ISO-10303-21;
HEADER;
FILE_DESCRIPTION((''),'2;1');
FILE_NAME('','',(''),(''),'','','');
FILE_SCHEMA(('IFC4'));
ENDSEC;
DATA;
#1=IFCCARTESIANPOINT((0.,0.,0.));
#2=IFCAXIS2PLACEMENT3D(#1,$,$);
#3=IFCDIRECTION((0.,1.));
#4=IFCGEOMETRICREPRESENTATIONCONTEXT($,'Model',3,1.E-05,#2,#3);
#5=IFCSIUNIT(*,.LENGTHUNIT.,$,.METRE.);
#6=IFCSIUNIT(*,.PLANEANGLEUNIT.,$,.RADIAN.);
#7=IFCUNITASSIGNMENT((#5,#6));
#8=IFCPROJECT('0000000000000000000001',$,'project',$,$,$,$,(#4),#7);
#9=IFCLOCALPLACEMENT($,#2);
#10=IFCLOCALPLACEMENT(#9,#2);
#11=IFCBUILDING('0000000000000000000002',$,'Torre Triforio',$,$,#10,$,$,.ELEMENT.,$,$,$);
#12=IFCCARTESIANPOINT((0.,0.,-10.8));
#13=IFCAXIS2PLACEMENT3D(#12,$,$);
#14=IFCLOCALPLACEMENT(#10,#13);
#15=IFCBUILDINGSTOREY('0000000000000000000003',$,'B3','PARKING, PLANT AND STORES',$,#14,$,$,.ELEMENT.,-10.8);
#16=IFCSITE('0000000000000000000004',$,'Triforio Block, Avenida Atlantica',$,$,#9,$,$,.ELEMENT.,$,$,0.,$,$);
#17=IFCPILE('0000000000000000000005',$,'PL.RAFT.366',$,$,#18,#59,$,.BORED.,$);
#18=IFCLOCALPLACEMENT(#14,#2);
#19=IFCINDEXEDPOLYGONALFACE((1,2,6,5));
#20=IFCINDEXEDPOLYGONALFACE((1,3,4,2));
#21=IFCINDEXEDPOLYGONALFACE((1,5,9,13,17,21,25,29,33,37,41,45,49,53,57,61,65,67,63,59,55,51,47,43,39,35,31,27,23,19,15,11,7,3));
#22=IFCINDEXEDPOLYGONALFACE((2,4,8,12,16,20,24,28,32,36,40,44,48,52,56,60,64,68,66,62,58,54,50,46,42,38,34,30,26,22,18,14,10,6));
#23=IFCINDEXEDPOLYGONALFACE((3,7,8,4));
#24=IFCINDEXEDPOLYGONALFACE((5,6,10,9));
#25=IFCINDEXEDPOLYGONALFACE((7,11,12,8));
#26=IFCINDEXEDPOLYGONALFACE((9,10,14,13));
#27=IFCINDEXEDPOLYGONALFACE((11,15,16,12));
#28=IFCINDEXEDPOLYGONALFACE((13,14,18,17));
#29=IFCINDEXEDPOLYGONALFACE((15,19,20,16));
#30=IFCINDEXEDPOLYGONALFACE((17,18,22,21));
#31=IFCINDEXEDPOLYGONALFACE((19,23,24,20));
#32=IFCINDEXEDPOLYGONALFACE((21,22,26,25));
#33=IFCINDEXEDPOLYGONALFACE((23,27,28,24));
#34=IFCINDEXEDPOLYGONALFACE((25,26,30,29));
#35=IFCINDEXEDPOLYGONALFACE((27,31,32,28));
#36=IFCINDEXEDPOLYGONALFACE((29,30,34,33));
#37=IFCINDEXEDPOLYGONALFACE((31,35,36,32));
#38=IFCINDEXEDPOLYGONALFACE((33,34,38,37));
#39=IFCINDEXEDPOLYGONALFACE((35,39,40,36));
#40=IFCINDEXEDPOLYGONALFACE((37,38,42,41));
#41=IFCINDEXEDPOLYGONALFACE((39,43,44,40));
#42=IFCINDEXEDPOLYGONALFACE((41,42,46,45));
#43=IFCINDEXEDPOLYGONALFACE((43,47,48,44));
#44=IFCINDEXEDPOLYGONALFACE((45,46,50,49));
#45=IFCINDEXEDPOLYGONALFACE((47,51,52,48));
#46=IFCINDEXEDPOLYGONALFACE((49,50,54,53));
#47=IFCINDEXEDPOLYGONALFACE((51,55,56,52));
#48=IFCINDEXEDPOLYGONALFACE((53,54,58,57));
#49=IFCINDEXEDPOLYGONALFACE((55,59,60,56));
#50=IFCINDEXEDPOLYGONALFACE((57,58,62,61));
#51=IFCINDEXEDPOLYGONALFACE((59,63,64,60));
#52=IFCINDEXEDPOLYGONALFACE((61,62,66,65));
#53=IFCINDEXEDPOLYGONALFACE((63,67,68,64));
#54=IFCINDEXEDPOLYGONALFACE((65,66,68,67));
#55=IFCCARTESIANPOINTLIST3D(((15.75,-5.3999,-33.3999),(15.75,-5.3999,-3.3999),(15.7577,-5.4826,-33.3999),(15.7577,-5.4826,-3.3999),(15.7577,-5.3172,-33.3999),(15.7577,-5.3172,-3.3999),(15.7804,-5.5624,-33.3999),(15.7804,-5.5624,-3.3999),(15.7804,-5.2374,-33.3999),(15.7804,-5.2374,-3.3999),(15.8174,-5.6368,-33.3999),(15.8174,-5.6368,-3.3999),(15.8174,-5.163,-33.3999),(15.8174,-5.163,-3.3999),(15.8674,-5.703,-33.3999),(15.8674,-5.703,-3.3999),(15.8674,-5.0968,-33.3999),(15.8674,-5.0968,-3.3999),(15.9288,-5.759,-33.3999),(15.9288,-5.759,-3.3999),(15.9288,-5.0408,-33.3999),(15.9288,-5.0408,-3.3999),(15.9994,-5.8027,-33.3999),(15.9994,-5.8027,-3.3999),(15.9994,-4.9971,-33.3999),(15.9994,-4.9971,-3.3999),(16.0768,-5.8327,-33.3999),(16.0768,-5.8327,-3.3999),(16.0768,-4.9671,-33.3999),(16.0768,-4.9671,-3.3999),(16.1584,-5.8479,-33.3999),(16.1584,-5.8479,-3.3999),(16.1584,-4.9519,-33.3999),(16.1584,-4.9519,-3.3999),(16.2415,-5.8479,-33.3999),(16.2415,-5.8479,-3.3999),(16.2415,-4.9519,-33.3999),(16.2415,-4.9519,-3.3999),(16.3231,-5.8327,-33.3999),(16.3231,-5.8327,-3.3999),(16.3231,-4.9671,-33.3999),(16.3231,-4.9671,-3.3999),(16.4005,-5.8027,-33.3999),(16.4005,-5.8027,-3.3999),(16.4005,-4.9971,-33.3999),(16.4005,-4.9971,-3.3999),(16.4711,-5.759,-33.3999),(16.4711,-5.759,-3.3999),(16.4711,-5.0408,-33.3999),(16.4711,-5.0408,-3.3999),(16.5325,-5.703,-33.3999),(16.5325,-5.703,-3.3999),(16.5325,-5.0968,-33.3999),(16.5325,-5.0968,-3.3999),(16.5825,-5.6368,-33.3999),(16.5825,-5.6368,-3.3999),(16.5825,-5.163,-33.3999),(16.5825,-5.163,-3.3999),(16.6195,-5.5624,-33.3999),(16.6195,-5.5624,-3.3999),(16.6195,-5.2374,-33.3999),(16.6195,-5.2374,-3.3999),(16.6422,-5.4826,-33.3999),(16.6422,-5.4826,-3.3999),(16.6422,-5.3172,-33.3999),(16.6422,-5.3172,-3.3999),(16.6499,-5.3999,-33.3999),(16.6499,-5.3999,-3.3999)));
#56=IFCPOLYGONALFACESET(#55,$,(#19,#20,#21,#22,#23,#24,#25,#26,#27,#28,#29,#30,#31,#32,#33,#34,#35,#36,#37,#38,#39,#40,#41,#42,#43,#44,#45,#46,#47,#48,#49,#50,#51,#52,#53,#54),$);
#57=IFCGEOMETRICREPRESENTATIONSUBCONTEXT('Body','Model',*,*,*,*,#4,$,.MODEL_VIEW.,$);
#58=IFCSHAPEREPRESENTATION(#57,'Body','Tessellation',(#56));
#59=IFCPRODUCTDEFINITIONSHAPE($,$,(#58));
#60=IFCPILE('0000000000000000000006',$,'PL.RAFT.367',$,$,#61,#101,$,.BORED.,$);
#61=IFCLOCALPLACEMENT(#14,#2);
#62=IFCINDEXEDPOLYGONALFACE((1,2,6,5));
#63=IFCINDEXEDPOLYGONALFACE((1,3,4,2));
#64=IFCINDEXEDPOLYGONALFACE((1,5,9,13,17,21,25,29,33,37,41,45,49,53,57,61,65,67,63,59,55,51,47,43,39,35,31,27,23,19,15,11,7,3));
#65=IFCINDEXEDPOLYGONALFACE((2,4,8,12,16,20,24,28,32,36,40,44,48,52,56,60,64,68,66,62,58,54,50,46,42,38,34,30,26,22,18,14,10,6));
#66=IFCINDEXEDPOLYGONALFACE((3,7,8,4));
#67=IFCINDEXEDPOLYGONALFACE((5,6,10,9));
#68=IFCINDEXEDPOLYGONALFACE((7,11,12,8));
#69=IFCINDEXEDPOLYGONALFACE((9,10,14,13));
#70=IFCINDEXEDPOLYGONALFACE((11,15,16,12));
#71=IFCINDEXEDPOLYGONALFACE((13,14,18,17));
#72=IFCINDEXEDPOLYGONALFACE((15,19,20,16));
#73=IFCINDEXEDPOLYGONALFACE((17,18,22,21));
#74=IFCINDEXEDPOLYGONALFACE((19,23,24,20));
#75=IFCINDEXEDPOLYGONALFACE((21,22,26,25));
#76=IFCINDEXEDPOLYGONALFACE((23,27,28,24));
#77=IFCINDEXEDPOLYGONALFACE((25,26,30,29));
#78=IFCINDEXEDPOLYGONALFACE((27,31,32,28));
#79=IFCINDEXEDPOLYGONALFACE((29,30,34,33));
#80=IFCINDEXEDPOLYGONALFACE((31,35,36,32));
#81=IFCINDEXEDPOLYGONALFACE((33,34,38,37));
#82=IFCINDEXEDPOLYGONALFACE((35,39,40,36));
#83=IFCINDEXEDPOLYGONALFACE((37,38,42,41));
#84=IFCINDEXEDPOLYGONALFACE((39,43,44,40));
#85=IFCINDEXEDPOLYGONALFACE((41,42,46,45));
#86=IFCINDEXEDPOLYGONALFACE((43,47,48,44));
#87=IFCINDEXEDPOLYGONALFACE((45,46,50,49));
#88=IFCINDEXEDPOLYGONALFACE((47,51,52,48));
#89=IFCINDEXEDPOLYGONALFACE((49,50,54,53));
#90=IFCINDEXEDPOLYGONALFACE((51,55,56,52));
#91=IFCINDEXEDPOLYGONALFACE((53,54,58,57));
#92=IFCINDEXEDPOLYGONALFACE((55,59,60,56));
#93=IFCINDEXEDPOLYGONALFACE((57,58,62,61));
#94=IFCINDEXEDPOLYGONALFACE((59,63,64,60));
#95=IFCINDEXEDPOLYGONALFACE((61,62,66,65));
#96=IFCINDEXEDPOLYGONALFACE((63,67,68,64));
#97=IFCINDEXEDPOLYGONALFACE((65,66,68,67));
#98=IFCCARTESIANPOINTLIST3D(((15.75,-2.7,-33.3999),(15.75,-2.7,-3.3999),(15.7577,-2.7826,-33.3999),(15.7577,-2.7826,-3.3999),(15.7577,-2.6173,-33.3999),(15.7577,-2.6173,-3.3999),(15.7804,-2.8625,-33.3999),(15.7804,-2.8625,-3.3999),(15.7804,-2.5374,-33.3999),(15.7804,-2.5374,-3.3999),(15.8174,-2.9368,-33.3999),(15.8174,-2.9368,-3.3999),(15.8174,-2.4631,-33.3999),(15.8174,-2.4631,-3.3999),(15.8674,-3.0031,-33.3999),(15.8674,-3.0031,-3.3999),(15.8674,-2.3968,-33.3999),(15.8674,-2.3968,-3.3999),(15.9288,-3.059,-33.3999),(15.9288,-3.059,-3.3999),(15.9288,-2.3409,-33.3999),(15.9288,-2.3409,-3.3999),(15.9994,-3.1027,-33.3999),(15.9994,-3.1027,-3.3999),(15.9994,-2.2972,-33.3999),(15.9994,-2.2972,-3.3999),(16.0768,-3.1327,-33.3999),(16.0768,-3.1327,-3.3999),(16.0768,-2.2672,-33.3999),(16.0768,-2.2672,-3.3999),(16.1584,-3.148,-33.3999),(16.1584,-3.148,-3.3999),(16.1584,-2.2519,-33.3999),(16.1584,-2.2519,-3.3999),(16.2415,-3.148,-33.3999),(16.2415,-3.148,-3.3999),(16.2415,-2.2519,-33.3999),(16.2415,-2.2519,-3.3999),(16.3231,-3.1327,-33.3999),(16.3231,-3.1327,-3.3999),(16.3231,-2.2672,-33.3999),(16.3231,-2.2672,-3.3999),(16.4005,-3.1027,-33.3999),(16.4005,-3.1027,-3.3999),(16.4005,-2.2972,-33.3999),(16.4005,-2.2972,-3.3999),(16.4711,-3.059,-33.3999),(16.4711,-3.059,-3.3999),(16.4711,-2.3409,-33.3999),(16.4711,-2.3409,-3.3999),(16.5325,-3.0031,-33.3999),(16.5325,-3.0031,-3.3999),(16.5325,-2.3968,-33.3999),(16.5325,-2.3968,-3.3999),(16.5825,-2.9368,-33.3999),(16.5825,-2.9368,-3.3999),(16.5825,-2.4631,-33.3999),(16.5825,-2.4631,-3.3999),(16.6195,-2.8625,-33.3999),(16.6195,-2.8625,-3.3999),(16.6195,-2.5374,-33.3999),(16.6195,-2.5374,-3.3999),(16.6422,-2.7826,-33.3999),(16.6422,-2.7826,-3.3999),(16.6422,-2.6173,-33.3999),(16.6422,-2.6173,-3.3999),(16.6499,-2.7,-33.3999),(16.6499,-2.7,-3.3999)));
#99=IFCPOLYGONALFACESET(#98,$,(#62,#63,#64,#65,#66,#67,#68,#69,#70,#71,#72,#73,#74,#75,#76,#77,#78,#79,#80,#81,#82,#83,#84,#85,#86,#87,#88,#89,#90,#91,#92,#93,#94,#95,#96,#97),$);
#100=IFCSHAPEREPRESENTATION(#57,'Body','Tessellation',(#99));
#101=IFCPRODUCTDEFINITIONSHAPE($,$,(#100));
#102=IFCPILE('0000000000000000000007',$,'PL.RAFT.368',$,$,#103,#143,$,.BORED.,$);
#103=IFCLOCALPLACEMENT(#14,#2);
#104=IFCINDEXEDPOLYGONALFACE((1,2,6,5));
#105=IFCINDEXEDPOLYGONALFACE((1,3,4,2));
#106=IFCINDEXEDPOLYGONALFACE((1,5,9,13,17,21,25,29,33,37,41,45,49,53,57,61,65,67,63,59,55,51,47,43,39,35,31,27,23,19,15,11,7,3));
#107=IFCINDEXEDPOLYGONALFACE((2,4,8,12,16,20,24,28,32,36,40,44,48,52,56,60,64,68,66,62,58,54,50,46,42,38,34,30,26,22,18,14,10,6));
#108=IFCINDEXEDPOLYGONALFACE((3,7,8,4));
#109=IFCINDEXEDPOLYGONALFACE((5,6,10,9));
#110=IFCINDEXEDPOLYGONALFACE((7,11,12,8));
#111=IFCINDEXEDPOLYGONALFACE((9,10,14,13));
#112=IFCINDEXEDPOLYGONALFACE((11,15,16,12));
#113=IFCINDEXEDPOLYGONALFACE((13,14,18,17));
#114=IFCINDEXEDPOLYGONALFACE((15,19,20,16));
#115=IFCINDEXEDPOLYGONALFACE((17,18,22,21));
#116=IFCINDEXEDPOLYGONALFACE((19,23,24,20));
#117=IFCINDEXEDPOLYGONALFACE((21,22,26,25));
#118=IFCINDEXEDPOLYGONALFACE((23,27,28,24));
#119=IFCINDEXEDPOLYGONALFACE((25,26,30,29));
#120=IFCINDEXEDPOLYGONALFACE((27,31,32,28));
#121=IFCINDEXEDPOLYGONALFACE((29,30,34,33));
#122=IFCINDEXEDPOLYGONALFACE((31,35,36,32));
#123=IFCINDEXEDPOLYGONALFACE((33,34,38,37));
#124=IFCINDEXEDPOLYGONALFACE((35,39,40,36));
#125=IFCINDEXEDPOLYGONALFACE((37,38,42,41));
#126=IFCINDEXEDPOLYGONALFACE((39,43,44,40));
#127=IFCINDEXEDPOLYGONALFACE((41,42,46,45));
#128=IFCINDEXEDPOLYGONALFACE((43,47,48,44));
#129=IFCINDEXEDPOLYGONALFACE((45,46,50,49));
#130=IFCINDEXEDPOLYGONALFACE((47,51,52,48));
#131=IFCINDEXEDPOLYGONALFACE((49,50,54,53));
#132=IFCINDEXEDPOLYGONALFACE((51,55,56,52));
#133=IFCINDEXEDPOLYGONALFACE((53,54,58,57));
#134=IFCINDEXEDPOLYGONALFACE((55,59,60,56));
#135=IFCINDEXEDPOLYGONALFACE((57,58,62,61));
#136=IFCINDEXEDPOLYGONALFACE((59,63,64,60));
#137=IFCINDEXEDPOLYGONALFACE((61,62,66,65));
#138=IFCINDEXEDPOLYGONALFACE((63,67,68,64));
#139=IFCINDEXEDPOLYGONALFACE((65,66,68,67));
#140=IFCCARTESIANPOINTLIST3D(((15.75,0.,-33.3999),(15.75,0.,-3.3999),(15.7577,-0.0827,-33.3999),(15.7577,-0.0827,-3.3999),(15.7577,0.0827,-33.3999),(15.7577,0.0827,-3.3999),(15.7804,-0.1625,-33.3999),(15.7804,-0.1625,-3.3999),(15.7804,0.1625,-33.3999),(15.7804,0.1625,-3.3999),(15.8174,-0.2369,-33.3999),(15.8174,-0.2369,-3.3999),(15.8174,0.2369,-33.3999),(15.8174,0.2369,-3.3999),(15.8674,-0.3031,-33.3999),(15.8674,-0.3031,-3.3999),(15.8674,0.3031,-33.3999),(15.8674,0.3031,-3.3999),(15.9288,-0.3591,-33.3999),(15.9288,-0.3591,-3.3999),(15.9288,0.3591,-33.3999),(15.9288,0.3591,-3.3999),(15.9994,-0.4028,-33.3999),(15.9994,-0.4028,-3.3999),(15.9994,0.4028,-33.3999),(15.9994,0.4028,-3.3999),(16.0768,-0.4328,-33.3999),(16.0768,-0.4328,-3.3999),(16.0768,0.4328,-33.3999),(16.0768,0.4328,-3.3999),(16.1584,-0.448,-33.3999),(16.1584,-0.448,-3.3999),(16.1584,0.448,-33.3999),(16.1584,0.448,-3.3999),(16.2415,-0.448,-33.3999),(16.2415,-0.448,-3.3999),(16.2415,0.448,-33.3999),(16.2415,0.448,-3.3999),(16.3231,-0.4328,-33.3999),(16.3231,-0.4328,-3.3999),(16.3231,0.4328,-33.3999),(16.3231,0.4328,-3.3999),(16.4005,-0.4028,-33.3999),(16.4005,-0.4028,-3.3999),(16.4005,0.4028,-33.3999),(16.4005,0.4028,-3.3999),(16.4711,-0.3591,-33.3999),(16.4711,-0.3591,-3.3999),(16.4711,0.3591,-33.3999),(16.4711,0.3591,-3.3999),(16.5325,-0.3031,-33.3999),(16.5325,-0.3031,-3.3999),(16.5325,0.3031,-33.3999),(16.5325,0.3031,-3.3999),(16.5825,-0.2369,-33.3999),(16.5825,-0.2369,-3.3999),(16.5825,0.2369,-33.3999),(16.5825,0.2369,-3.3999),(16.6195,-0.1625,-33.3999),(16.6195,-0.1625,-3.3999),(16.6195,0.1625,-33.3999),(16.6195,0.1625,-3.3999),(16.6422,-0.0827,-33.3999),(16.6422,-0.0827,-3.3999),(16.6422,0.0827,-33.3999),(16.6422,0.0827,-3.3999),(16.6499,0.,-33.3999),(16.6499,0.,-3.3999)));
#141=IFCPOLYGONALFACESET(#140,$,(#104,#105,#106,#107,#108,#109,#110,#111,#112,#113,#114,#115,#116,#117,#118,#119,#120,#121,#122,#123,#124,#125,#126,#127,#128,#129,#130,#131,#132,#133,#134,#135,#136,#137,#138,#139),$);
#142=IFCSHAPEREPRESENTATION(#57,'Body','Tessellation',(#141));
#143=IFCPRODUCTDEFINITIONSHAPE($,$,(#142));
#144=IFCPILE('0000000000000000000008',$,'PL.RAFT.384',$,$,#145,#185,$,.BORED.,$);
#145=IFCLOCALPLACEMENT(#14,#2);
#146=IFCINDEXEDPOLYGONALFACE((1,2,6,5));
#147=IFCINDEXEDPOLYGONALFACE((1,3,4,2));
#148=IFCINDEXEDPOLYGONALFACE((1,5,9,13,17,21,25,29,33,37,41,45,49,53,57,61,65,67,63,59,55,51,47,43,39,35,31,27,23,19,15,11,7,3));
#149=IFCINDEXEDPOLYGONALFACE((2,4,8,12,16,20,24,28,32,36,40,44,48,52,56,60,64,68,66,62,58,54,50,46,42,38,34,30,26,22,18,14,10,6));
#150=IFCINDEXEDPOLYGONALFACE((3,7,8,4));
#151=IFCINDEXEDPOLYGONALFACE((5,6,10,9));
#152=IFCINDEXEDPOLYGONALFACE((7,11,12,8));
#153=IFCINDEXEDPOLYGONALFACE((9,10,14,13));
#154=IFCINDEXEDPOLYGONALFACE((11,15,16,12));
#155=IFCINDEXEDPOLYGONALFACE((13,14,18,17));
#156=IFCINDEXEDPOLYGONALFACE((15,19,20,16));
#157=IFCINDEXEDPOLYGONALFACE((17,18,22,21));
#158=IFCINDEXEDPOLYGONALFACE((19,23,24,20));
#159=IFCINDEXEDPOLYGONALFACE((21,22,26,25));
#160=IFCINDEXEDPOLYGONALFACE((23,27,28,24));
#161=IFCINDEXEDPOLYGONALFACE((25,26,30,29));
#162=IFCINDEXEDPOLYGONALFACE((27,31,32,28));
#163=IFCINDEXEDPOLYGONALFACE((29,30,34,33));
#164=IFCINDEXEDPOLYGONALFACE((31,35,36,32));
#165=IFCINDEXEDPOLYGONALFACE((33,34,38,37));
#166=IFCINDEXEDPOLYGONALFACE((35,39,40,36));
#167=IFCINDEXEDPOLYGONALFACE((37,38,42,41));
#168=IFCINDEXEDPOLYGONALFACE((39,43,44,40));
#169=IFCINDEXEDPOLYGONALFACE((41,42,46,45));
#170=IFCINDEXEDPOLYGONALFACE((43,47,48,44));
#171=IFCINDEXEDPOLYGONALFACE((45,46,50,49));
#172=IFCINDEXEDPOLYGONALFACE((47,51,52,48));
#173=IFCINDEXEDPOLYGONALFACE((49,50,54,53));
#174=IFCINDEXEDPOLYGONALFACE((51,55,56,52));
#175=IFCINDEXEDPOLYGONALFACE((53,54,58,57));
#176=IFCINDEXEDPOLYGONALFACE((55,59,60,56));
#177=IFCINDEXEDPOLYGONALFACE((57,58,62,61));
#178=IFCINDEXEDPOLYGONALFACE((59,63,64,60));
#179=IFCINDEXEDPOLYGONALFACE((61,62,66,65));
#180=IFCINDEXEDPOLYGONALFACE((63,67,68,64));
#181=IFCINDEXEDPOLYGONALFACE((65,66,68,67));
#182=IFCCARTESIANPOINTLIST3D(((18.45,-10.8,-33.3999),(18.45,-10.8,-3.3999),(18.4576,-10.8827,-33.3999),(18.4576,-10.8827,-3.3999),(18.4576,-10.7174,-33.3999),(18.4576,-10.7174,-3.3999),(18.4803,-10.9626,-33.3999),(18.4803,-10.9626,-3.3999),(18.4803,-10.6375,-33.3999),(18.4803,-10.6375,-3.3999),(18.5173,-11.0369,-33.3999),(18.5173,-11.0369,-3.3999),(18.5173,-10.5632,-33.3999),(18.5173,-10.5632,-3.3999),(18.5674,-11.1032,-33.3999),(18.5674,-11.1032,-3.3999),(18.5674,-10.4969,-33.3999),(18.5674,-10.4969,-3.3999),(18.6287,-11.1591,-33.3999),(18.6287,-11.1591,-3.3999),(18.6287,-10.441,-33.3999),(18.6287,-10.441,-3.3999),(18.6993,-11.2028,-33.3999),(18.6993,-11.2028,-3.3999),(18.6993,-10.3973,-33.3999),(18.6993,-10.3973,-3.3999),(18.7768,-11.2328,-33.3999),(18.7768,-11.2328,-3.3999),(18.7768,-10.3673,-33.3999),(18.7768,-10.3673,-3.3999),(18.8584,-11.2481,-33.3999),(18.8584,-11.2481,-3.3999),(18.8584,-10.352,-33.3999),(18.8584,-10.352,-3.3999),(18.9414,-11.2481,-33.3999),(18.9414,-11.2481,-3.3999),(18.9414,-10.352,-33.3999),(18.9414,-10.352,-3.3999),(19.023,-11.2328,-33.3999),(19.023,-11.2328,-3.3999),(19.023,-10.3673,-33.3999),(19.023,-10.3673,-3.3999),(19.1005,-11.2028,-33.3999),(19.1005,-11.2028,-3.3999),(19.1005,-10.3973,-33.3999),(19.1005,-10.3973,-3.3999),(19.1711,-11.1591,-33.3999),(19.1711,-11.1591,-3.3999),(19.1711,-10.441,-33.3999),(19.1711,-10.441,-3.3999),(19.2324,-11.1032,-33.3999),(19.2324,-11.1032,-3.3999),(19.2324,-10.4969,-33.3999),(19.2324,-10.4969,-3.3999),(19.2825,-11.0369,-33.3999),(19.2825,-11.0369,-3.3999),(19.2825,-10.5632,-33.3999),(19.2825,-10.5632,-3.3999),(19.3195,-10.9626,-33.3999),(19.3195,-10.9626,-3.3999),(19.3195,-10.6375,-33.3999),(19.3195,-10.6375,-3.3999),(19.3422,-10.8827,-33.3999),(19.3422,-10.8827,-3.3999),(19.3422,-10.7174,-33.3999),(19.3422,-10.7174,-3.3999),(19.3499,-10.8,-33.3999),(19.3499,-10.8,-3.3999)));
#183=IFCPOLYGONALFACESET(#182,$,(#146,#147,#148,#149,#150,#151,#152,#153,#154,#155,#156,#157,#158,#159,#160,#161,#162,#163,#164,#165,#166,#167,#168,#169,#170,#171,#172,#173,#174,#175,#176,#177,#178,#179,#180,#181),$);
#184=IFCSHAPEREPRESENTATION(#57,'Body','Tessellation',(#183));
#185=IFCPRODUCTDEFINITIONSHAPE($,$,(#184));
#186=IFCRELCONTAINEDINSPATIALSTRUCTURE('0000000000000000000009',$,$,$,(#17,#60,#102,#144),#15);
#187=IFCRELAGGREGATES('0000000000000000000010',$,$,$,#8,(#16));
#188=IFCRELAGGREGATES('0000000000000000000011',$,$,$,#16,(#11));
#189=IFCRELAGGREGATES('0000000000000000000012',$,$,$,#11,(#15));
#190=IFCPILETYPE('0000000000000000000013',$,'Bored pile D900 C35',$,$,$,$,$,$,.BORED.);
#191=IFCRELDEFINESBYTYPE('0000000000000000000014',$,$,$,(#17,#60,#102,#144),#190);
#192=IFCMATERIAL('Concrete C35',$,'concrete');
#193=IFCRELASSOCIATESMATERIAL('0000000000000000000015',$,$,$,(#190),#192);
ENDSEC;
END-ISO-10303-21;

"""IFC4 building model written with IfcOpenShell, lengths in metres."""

from ifc_helpers import new_model, si_unit, direction, frame, origin, origin_2d, place, context, subcontext, project, spatial, circle, extrude, material, material_profile, profile_set, type_object, element, save


model = new_model("IFC4")

# Units and contexts
model_context = context("Model", 3, precision=1e-05, world=origin(), true_north=direction((0.0, 1.0)))
body_context = subcontext(model_context, "Body", "Model", "MODEL_VIEW")
ifc_project = project(units=[si_unit("LENGTHUNIT", "METRE"), si_unit("PLANEANGLEUNIT", "RADIAN")], contexts=[model_context])

# Site, building, storey
site_placement = place(None, origin())
site = spatial("IfcSite", under=ifc_project, at=site_placement, Name="Triforio Block, Avenida Atlantica", CompositionType="ELEMENT", RefElevation=0.0)
building_placement = place(site_placement, origin())
building = spatial("IfcBuilding", under=site, at=building_placement, Name="Torre Triforio", CompositionType="ELEMENT")
storey_placement = place(building_placement, frame((0.0, 0.0, -10.8)))
storey = spatial("IfcBuildingStorey", under=building, at=storey_placement, Name="B3", Description="PARKING, PLANT AND STORES", CompositionType="ELEMENT", Elevation=-10.8)

# Piles
ifc_material_1 = material(Name="Concrete C35", Category="concrete")
ifc_material_profile_1 = material_profile(ifc_material_1, circle(Radius=0.45, at=origin_2d()), Name="RC D900")
ifc_profile_set_1 = profile_set([ifc_material_profile_1], Name="Concrete C35")
pile_type = type_object("IfcPileType", Name="Bored pile D900 C35", PredefinedType="BORED", material=ifc_profile_set_1)
for number, where, z_axis, x_axis, name in (
    (1, (16.2, -5.3999, -3.3999), (0.0, 0.0, -1.0), (1.0, 0.0, 0.0), "PL.RAFT.366"),
    (2, (16.2, -2.7, -3.3999), (0.0, 0.0, -1.0), (1.0, 0.0, 0.0), "PL.RAFT.367"),
    (3, (16.2, 0.0, -3.3999), (0.0, 0.0, -1.0), (1.0, 0.0, 0.0), "PL.RAFT.368"),
    (4, (18.8999, -10.8, -3.3999), (0.0, 0.0, -1.0), (1.0, 0.0, 0.0), "PL.RAFT.384"),
):
    element("IfcPile", number, at=place(storey_placement, frame(where, z_axis=z_axis, x_axis=x_axis)), inside=storey, type_object=pile_type, Name=name, PredefinedType="BORED", context=body_context, shape_type="SweptSolid", body=[
        extrude(circle(Radius=0.45, at=origin_2d()), origin(), (0.0, 0.0, 1.0), 30.0),
    ])

save(model, "model.ifc")
